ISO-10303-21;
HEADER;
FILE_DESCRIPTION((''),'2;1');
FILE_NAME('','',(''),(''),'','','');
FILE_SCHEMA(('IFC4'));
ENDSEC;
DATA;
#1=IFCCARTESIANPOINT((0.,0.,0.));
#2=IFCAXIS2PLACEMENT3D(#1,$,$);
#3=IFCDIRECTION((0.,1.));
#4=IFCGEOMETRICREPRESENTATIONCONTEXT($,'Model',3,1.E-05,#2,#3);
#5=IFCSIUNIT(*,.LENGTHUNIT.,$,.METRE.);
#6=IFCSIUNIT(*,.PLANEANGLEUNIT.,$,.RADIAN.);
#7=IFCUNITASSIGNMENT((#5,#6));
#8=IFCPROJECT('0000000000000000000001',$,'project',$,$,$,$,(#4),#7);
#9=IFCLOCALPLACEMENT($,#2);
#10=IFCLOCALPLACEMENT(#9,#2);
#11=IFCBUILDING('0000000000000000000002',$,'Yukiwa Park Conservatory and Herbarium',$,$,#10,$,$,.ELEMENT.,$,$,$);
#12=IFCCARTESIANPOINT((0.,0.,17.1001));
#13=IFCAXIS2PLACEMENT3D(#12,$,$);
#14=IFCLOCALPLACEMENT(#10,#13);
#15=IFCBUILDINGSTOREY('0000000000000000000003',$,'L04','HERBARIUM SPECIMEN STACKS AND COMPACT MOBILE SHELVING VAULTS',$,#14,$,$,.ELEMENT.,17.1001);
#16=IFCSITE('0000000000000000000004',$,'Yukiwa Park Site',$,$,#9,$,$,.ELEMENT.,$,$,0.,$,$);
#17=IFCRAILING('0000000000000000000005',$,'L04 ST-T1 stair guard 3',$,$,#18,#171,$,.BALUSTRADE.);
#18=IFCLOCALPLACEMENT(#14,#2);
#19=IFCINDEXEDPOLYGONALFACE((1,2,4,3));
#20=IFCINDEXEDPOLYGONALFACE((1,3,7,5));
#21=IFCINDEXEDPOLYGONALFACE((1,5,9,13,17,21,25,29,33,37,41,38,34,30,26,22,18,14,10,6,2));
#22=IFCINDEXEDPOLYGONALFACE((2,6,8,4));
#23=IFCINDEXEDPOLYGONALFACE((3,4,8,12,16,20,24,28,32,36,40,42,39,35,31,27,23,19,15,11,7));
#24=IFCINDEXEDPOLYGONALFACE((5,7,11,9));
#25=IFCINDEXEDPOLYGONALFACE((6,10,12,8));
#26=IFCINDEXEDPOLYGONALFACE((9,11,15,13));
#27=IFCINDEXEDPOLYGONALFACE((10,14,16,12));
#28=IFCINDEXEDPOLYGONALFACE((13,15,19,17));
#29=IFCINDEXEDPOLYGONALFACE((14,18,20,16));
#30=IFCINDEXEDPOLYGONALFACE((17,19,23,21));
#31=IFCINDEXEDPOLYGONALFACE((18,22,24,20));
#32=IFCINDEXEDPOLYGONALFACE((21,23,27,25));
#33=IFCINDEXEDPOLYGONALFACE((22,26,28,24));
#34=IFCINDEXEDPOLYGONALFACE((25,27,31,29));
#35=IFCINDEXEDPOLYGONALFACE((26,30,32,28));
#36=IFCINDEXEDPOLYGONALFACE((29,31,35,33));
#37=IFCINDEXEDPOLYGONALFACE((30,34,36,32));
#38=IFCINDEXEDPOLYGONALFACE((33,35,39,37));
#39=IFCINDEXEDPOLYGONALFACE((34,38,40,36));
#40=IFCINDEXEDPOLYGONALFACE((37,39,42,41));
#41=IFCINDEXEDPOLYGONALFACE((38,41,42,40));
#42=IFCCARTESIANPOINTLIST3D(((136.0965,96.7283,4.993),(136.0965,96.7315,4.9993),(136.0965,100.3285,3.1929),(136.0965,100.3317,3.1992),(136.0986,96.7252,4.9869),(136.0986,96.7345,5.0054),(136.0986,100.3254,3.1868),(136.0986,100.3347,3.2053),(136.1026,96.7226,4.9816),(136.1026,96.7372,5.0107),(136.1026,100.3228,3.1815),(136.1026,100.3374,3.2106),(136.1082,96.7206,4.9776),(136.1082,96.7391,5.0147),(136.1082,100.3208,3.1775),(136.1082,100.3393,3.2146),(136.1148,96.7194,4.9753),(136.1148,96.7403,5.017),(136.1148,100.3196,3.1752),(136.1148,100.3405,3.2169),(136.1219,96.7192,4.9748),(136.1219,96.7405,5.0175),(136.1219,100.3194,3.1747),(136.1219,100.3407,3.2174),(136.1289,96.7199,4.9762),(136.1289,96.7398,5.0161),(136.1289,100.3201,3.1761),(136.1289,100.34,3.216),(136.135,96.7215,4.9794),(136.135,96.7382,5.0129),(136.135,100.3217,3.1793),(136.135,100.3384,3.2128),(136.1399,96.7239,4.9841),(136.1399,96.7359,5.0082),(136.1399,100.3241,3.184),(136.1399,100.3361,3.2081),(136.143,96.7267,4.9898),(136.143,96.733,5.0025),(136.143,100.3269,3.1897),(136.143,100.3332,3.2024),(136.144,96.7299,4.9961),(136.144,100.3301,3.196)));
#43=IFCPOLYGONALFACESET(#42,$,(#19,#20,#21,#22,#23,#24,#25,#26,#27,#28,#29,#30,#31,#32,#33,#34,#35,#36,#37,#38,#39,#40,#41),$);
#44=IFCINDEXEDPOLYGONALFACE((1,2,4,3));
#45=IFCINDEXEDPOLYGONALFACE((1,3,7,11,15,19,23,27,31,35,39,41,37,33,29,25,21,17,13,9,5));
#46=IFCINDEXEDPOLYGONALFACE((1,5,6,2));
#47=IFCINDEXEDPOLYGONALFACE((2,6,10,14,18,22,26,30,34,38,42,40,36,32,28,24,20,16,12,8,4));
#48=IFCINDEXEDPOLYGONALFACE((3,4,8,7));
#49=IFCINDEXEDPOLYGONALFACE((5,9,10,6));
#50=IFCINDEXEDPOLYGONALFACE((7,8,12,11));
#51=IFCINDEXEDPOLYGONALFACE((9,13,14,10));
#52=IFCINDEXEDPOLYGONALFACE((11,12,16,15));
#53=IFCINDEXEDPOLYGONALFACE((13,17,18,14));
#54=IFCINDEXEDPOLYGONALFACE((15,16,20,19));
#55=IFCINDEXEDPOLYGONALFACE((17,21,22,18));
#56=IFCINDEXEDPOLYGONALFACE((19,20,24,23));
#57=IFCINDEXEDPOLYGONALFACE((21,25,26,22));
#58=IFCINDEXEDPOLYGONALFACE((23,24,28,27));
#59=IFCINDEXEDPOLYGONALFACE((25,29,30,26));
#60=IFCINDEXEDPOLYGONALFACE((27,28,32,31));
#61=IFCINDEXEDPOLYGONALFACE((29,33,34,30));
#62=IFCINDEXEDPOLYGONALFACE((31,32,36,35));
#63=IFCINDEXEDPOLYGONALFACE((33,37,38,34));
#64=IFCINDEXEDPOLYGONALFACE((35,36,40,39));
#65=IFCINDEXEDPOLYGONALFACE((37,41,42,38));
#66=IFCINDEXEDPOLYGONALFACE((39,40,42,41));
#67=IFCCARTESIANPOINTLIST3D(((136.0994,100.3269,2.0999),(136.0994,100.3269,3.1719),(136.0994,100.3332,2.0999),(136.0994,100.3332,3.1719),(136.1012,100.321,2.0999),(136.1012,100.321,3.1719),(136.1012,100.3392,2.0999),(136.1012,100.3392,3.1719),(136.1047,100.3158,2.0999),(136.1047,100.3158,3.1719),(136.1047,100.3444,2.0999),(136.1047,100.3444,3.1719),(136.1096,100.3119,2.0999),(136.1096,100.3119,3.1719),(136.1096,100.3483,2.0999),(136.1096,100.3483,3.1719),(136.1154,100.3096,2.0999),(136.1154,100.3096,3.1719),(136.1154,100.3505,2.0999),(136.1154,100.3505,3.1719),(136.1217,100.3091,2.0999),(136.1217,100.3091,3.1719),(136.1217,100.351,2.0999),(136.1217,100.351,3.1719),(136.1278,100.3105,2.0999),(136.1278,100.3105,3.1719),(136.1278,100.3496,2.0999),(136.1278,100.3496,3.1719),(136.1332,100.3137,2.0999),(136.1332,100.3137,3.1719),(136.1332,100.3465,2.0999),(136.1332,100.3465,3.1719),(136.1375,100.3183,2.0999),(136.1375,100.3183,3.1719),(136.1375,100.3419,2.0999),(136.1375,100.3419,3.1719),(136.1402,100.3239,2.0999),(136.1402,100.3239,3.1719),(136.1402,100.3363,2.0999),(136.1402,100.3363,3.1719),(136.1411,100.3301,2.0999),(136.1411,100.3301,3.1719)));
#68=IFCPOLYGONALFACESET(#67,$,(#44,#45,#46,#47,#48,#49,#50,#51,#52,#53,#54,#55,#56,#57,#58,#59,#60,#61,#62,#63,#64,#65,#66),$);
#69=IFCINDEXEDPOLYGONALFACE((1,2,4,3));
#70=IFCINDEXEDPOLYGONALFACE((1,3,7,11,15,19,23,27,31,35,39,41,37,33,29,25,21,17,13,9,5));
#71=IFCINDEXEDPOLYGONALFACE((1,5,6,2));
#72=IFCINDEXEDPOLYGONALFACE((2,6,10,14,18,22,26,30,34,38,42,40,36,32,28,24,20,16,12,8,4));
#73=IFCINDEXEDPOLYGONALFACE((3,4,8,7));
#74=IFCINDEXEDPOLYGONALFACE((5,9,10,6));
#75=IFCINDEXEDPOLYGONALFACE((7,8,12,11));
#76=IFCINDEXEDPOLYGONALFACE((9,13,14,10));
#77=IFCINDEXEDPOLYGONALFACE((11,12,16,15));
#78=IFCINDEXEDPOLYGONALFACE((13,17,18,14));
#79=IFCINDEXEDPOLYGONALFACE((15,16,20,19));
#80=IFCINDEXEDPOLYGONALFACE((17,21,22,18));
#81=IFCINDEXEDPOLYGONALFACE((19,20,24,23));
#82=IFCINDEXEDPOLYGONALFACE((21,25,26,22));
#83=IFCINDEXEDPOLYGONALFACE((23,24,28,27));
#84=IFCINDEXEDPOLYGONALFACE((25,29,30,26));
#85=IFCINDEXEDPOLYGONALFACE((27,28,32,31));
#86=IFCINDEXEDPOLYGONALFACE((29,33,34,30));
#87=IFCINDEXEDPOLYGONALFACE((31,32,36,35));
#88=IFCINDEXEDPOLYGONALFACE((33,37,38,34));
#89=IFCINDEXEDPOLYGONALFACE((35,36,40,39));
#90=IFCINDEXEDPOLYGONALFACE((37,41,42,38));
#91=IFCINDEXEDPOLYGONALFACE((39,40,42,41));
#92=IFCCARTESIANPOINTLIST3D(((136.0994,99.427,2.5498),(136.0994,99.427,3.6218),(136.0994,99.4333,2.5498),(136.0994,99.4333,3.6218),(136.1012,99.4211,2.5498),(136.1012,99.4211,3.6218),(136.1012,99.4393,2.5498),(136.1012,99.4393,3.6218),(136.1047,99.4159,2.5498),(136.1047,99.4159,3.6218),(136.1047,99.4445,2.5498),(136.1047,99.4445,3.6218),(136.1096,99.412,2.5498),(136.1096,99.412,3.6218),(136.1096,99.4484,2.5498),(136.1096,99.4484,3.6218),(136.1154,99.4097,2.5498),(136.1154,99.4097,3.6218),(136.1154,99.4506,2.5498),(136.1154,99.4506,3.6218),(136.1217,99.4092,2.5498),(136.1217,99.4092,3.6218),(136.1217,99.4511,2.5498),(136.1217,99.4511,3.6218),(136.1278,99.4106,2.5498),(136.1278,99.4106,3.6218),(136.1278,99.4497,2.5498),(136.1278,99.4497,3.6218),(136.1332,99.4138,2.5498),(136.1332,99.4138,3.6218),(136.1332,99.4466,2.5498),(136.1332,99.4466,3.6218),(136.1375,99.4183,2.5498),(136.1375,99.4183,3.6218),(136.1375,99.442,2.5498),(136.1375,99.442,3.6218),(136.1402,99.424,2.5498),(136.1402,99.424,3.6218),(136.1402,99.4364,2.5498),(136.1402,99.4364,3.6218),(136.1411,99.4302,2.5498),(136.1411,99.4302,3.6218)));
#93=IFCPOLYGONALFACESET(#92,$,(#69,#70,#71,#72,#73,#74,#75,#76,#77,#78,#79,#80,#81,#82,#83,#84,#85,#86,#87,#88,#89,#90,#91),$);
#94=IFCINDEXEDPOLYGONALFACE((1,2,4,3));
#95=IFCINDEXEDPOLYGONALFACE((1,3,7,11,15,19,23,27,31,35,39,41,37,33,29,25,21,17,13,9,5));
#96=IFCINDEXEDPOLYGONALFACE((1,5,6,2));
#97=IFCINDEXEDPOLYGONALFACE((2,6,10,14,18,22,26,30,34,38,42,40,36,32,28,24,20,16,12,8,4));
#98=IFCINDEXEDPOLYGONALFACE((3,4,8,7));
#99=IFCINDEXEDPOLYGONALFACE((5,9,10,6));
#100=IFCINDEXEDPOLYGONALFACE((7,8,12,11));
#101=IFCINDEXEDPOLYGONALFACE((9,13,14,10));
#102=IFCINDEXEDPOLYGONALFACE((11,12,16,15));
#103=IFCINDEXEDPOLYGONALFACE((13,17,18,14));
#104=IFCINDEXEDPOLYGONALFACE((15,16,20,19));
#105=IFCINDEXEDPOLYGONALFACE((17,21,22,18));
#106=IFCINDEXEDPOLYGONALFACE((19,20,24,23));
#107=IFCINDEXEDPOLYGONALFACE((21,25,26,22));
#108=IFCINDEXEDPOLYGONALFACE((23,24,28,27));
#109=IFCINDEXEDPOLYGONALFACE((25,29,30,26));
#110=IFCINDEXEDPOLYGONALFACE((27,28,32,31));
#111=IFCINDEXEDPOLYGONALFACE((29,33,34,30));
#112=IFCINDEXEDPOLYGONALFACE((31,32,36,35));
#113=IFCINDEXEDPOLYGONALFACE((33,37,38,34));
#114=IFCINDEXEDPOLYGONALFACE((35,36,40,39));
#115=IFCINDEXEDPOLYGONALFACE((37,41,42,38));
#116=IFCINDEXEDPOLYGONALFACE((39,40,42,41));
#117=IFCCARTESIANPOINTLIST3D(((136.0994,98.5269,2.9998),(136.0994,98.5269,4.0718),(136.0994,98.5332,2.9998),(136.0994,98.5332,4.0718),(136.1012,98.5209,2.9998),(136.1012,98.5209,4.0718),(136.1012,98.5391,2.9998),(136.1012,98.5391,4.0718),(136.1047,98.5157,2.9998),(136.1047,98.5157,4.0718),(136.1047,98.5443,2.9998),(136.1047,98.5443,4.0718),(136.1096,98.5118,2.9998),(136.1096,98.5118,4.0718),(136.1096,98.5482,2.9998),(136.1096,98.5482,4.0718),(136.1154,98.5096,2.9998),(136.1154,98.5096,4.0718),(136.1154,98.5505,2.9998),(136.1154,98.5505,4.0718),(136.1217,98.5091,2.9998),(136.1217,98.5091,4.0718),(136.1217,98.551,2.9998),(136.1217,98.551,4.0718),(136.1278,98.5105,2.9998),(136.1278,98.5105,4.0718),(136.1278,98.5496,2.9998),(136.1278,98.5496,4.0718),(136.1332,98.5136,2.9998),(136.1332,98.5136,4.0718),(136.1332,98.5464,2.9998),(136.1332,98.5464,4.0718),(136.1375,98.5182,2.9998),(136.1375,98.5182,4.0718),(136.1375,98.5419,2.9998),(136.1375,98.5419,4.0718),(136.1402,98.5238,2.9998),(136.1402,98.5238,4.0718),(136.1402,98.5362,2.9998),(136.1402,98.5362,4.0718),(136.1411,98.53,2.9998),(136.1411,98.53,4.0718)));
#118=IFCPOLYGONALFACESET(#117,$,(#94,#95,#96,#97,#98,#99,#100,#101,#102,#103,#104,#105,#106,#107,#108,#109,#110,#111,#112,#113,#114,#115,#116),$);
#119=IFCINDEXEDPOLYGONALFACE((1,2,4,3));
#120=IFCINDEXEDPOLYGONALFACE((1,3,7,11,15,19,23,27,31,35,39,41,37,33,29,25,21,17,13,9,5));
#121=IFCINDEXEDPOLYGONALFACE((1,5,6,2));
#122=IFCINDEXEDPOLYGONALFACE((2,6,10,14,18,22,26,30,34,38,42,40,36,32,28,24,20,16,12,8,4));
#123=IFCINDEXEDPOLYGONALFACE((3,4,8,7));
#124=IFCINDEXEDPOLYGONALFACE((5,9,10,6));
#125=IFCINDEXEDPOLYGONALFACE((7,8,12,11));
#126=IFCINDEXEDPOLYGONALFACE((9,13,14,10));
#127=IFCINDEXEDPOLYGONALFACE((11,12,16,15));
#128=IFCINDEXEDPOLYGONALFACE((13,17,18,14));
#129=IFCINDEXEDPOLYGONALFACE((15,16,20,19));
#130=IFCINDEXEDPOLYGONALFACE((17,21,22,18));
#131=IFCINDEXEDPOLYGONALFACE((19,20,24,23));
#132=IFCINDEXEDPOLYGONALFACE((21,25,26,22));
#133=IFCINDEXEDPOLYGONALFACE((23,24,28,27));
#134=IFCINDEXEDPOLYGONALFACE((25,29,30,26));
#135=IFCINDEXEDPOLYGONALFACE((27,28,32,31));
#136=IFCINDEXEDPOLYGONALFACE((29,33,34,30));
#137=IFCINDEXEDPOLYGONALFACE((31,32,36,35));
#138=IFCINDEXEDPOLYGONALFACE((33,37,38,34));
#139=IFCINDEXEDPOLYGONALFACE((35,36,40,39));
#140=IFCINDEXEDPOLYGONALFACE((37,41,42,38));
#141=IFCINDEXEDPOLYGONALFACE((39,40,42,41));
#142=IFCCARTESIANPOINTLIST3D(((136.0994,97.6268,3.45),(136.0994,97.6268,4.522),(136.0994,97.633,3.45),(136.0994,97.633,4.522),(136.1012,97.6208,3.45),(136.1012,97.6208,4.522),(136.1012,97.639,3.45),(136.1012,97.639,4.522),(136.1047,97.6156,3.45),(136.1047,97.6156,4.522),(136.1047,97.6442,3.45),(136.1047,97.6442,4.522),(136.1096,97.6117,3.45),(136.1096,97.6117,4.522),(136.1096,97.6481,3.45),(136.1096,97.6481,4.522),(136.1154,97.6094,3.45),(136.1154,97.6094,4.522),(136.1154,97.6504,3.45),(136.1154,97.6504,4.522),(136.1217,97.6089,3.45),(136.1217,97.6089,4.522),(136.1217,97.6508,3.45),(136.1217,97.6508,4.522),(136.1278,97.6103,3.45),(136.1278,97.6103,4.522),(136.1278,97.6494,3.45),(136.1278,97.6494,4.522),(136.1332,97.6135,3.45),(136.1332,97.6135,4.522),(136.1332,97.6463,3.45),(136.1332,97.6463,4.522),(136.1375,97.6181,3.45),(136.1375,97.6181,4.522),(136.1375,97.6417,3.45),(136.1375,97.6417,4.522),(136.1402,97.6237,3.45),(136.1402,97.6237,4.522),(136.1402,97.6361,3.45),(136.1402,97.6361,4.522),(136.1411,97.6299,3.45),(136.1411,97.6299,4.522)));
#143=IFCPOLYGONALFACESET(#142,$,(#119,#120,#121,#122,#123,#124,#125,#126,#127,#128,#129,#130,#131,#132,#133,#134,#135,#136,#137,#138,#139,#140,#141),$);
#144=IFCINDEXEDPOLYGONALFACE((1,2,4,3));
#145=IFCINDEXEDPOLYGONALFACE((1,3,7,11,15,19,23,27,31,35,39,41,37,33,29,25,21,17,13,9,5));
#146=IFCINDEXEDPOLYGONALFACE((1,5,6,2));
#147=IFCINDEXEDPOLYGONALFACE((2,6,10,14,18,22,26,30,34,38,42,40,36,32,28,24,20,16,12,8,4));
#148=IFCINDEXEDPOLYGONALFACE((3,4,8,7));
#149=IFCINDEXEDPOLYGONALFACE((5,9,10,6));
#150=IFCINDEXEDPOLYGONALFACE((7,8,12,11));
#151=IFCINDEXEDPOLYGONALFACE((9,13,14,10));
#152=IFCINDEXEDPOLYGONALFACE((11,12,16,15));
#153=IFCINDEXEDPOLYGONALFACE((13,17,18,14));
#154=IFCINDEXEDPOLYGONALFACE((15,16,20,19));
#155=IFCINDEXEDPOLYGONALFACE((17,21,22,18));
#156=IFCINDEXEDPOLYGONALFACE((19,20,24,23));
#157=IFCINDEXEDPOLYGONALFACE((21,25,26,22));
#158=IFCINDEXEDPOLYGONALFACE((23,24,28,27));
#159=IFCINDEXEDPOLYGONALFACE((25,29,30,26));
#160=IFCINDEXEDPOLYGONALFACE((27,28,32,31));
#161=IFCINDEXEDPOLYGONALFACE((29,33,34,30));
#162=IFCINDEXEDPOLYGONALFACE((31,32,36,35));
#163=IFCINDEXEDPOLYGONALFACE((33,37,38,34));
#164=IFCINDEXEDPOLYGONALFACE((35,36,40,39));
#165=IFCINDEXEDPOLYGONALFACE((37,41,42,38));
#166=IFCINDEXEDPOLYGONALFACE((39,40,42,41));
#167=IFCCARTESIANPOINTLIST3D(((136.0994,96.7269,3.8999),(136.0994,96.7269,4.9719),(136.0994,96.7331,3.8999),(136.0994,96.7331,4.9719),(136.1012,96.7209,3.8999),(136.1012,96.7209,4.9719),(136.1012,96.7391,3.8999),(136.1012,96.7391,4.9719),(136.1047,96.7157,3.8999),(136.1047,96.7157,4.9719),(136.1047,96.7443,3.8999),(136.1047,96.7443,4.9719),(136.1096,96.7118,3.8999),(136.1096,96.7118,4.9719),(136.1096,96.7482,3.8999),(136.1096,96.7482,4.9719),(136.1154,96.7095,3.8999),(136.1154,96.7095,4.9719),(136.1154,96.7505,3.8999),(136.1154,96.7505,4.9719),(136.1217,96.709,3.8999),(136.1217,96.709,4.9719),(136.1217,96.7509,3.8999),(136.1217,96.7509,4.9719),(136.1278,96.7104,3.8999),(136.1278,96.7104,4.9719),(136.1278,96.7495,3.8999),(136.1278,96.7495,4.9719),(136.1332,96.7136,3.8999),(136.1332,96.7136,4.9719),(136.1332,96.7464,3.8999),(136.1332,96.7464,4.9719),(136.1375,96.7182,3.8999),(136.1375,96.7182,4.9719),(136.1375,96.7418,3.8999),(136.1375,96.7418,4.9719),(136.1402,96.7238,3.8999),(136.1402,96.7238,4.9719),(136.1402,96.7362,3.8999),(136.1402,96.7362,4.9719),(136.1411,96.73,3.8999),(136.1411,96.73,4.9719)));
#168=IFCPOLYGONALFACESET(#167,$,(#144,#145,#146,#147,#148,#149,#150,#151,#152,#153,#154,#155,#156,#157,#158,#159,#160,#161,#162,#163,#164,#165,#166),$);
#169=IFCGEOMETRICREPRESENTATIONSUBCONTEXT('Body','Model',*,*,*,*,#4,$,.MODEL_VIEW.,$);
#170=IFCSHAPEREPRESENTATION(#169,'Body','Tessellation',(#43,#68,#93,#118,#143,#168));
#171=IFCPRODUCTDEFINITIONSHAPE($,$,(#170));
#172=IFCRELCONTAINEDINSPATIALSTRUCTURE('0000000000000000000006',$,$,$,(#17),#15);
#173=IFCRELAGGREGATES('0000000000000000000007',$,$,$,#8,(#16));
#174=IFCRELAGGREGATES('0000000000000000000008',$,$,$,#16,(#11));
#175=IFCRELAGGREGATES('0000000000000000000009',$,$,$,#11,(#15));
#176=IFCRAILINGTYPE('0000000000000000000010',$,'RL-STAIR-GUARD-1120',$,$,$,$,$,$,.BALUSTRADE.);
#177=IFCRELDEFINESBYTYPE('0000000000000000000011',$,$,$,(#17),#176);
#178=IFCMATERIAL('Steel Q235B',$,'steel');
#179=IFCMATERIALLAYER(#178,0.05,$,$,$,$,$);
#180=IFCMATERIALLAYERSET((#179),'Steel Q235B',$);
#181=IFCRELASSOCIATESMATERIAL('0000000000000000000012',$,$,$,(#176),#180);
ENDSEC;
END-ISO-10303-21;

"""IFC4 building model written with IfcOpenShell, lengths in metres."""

from ifc_helpers import new_model, si_unit, direction, frame, origin, origin_2d, place, context, subcontext, project, spatial, circle, extrude, material, layer, layer_set, type_object, element, save


model = new_model("IFC4")

# Units and contexts
model_context = context("Model", 3, precision=1e-05, world=origin(), true_north=direction((0.0, 1.0)))
body_context = subcontext(model_context, "Body", "Model", "MODEL_VIEW")
ifc_project = project(units=[si_unit("LENGTHUNIT", "METRE"), si_unit("PLANEANGLEUNIT", "RADIAN")], contexts=[model_context])

# Site, building, storey
site_placement = place(None, origin())
site = spatial("IfcSite", under=ifc_project, at=site_placement, Name="Yukiwa Park Site", CompositionType="ELEMENT", RefElevation=0.0)
building_placement = place(site_placement, origin())
building = spatial("IfcBuilding", under=site, at=building_placement, Name="Yukiwa Park Conservatory and Herbarium", CompositionType="ELEMENT")
storey_placement = place(building_placement, frame((0.0, 0.0, 17.1001)))
storey = spatial("IfcBuildingStorey", under=building, at=storey_placement, Name="L04", Description="HERBARIUM SPECIMEN STACKS AND COMPACT MOBILE SHELVING VAULTS", CompositionType="ELEMENT", Elevation=17.1001)

# Railing
ifc_material_1 = material(Name="Steel Q235B", Category="steel")
ifc_layer_1 = layer(ifc_material_1, 0.05)
ifc_layer_set_1 = layer_set([ifc_layer_1], Name="Steel Q235B")
railing_type_1 = type_object("IfcRailingType", Name="RL-STAIR-GUARD-1120", PredefinedType="BALUSTRADE", material=ifc_layer_set_1)
railing_1_placement = place(storey_placement, frame((136.1201, 100.3301, 2.0999)))
element("IfcRailing", 1, at=railing_1_placement, inside=storey, type_object=railing_type_1, Name="L04 ST-T1 stair guard 3", PredefinedType="BALUSTRADE", context=body_context, shape_type="SweptSolid", body=[
    extrude(circle(Radius=0.0239, at=origin_2d()), frame((0.0, 0.0, 1.0962), z_axis=(0.0, -0.894427, 0.447214), x_axis=(1.0, 0.0, 0.0)), (0.0, 0.0, 1.0), 4.0251),
    extrude(circle(Radius=0.021, at=origin_2d()), origin(), (0.0, 0.0, 1.0), 1.072),
    extrude(circle(Radius=0.021, at=origin_2d()), frame((0.0, -0.8999, 0.45)), (0.0, 0.0, 1.0), 1.072),
    extrude(circle(Radius=0.021, at=origin_2d()), frame((0.0, -1.8, 0.8999)), (0.0, 0.0, 1.0), 1.072),
    extrude(circle(Radius=0.021, at=origin_2d()), frame((0.0, -2.7002, 1.3501)), (0.0, 0.0, 1.0), 1.072),
    extrude(circle(Radius=0.021, at=origin_2d()), frame((0.0, -3.6001, 1.8)), (0.0, 0.0, 1.0), 1.072),
])

save(model, "model.ifc")
